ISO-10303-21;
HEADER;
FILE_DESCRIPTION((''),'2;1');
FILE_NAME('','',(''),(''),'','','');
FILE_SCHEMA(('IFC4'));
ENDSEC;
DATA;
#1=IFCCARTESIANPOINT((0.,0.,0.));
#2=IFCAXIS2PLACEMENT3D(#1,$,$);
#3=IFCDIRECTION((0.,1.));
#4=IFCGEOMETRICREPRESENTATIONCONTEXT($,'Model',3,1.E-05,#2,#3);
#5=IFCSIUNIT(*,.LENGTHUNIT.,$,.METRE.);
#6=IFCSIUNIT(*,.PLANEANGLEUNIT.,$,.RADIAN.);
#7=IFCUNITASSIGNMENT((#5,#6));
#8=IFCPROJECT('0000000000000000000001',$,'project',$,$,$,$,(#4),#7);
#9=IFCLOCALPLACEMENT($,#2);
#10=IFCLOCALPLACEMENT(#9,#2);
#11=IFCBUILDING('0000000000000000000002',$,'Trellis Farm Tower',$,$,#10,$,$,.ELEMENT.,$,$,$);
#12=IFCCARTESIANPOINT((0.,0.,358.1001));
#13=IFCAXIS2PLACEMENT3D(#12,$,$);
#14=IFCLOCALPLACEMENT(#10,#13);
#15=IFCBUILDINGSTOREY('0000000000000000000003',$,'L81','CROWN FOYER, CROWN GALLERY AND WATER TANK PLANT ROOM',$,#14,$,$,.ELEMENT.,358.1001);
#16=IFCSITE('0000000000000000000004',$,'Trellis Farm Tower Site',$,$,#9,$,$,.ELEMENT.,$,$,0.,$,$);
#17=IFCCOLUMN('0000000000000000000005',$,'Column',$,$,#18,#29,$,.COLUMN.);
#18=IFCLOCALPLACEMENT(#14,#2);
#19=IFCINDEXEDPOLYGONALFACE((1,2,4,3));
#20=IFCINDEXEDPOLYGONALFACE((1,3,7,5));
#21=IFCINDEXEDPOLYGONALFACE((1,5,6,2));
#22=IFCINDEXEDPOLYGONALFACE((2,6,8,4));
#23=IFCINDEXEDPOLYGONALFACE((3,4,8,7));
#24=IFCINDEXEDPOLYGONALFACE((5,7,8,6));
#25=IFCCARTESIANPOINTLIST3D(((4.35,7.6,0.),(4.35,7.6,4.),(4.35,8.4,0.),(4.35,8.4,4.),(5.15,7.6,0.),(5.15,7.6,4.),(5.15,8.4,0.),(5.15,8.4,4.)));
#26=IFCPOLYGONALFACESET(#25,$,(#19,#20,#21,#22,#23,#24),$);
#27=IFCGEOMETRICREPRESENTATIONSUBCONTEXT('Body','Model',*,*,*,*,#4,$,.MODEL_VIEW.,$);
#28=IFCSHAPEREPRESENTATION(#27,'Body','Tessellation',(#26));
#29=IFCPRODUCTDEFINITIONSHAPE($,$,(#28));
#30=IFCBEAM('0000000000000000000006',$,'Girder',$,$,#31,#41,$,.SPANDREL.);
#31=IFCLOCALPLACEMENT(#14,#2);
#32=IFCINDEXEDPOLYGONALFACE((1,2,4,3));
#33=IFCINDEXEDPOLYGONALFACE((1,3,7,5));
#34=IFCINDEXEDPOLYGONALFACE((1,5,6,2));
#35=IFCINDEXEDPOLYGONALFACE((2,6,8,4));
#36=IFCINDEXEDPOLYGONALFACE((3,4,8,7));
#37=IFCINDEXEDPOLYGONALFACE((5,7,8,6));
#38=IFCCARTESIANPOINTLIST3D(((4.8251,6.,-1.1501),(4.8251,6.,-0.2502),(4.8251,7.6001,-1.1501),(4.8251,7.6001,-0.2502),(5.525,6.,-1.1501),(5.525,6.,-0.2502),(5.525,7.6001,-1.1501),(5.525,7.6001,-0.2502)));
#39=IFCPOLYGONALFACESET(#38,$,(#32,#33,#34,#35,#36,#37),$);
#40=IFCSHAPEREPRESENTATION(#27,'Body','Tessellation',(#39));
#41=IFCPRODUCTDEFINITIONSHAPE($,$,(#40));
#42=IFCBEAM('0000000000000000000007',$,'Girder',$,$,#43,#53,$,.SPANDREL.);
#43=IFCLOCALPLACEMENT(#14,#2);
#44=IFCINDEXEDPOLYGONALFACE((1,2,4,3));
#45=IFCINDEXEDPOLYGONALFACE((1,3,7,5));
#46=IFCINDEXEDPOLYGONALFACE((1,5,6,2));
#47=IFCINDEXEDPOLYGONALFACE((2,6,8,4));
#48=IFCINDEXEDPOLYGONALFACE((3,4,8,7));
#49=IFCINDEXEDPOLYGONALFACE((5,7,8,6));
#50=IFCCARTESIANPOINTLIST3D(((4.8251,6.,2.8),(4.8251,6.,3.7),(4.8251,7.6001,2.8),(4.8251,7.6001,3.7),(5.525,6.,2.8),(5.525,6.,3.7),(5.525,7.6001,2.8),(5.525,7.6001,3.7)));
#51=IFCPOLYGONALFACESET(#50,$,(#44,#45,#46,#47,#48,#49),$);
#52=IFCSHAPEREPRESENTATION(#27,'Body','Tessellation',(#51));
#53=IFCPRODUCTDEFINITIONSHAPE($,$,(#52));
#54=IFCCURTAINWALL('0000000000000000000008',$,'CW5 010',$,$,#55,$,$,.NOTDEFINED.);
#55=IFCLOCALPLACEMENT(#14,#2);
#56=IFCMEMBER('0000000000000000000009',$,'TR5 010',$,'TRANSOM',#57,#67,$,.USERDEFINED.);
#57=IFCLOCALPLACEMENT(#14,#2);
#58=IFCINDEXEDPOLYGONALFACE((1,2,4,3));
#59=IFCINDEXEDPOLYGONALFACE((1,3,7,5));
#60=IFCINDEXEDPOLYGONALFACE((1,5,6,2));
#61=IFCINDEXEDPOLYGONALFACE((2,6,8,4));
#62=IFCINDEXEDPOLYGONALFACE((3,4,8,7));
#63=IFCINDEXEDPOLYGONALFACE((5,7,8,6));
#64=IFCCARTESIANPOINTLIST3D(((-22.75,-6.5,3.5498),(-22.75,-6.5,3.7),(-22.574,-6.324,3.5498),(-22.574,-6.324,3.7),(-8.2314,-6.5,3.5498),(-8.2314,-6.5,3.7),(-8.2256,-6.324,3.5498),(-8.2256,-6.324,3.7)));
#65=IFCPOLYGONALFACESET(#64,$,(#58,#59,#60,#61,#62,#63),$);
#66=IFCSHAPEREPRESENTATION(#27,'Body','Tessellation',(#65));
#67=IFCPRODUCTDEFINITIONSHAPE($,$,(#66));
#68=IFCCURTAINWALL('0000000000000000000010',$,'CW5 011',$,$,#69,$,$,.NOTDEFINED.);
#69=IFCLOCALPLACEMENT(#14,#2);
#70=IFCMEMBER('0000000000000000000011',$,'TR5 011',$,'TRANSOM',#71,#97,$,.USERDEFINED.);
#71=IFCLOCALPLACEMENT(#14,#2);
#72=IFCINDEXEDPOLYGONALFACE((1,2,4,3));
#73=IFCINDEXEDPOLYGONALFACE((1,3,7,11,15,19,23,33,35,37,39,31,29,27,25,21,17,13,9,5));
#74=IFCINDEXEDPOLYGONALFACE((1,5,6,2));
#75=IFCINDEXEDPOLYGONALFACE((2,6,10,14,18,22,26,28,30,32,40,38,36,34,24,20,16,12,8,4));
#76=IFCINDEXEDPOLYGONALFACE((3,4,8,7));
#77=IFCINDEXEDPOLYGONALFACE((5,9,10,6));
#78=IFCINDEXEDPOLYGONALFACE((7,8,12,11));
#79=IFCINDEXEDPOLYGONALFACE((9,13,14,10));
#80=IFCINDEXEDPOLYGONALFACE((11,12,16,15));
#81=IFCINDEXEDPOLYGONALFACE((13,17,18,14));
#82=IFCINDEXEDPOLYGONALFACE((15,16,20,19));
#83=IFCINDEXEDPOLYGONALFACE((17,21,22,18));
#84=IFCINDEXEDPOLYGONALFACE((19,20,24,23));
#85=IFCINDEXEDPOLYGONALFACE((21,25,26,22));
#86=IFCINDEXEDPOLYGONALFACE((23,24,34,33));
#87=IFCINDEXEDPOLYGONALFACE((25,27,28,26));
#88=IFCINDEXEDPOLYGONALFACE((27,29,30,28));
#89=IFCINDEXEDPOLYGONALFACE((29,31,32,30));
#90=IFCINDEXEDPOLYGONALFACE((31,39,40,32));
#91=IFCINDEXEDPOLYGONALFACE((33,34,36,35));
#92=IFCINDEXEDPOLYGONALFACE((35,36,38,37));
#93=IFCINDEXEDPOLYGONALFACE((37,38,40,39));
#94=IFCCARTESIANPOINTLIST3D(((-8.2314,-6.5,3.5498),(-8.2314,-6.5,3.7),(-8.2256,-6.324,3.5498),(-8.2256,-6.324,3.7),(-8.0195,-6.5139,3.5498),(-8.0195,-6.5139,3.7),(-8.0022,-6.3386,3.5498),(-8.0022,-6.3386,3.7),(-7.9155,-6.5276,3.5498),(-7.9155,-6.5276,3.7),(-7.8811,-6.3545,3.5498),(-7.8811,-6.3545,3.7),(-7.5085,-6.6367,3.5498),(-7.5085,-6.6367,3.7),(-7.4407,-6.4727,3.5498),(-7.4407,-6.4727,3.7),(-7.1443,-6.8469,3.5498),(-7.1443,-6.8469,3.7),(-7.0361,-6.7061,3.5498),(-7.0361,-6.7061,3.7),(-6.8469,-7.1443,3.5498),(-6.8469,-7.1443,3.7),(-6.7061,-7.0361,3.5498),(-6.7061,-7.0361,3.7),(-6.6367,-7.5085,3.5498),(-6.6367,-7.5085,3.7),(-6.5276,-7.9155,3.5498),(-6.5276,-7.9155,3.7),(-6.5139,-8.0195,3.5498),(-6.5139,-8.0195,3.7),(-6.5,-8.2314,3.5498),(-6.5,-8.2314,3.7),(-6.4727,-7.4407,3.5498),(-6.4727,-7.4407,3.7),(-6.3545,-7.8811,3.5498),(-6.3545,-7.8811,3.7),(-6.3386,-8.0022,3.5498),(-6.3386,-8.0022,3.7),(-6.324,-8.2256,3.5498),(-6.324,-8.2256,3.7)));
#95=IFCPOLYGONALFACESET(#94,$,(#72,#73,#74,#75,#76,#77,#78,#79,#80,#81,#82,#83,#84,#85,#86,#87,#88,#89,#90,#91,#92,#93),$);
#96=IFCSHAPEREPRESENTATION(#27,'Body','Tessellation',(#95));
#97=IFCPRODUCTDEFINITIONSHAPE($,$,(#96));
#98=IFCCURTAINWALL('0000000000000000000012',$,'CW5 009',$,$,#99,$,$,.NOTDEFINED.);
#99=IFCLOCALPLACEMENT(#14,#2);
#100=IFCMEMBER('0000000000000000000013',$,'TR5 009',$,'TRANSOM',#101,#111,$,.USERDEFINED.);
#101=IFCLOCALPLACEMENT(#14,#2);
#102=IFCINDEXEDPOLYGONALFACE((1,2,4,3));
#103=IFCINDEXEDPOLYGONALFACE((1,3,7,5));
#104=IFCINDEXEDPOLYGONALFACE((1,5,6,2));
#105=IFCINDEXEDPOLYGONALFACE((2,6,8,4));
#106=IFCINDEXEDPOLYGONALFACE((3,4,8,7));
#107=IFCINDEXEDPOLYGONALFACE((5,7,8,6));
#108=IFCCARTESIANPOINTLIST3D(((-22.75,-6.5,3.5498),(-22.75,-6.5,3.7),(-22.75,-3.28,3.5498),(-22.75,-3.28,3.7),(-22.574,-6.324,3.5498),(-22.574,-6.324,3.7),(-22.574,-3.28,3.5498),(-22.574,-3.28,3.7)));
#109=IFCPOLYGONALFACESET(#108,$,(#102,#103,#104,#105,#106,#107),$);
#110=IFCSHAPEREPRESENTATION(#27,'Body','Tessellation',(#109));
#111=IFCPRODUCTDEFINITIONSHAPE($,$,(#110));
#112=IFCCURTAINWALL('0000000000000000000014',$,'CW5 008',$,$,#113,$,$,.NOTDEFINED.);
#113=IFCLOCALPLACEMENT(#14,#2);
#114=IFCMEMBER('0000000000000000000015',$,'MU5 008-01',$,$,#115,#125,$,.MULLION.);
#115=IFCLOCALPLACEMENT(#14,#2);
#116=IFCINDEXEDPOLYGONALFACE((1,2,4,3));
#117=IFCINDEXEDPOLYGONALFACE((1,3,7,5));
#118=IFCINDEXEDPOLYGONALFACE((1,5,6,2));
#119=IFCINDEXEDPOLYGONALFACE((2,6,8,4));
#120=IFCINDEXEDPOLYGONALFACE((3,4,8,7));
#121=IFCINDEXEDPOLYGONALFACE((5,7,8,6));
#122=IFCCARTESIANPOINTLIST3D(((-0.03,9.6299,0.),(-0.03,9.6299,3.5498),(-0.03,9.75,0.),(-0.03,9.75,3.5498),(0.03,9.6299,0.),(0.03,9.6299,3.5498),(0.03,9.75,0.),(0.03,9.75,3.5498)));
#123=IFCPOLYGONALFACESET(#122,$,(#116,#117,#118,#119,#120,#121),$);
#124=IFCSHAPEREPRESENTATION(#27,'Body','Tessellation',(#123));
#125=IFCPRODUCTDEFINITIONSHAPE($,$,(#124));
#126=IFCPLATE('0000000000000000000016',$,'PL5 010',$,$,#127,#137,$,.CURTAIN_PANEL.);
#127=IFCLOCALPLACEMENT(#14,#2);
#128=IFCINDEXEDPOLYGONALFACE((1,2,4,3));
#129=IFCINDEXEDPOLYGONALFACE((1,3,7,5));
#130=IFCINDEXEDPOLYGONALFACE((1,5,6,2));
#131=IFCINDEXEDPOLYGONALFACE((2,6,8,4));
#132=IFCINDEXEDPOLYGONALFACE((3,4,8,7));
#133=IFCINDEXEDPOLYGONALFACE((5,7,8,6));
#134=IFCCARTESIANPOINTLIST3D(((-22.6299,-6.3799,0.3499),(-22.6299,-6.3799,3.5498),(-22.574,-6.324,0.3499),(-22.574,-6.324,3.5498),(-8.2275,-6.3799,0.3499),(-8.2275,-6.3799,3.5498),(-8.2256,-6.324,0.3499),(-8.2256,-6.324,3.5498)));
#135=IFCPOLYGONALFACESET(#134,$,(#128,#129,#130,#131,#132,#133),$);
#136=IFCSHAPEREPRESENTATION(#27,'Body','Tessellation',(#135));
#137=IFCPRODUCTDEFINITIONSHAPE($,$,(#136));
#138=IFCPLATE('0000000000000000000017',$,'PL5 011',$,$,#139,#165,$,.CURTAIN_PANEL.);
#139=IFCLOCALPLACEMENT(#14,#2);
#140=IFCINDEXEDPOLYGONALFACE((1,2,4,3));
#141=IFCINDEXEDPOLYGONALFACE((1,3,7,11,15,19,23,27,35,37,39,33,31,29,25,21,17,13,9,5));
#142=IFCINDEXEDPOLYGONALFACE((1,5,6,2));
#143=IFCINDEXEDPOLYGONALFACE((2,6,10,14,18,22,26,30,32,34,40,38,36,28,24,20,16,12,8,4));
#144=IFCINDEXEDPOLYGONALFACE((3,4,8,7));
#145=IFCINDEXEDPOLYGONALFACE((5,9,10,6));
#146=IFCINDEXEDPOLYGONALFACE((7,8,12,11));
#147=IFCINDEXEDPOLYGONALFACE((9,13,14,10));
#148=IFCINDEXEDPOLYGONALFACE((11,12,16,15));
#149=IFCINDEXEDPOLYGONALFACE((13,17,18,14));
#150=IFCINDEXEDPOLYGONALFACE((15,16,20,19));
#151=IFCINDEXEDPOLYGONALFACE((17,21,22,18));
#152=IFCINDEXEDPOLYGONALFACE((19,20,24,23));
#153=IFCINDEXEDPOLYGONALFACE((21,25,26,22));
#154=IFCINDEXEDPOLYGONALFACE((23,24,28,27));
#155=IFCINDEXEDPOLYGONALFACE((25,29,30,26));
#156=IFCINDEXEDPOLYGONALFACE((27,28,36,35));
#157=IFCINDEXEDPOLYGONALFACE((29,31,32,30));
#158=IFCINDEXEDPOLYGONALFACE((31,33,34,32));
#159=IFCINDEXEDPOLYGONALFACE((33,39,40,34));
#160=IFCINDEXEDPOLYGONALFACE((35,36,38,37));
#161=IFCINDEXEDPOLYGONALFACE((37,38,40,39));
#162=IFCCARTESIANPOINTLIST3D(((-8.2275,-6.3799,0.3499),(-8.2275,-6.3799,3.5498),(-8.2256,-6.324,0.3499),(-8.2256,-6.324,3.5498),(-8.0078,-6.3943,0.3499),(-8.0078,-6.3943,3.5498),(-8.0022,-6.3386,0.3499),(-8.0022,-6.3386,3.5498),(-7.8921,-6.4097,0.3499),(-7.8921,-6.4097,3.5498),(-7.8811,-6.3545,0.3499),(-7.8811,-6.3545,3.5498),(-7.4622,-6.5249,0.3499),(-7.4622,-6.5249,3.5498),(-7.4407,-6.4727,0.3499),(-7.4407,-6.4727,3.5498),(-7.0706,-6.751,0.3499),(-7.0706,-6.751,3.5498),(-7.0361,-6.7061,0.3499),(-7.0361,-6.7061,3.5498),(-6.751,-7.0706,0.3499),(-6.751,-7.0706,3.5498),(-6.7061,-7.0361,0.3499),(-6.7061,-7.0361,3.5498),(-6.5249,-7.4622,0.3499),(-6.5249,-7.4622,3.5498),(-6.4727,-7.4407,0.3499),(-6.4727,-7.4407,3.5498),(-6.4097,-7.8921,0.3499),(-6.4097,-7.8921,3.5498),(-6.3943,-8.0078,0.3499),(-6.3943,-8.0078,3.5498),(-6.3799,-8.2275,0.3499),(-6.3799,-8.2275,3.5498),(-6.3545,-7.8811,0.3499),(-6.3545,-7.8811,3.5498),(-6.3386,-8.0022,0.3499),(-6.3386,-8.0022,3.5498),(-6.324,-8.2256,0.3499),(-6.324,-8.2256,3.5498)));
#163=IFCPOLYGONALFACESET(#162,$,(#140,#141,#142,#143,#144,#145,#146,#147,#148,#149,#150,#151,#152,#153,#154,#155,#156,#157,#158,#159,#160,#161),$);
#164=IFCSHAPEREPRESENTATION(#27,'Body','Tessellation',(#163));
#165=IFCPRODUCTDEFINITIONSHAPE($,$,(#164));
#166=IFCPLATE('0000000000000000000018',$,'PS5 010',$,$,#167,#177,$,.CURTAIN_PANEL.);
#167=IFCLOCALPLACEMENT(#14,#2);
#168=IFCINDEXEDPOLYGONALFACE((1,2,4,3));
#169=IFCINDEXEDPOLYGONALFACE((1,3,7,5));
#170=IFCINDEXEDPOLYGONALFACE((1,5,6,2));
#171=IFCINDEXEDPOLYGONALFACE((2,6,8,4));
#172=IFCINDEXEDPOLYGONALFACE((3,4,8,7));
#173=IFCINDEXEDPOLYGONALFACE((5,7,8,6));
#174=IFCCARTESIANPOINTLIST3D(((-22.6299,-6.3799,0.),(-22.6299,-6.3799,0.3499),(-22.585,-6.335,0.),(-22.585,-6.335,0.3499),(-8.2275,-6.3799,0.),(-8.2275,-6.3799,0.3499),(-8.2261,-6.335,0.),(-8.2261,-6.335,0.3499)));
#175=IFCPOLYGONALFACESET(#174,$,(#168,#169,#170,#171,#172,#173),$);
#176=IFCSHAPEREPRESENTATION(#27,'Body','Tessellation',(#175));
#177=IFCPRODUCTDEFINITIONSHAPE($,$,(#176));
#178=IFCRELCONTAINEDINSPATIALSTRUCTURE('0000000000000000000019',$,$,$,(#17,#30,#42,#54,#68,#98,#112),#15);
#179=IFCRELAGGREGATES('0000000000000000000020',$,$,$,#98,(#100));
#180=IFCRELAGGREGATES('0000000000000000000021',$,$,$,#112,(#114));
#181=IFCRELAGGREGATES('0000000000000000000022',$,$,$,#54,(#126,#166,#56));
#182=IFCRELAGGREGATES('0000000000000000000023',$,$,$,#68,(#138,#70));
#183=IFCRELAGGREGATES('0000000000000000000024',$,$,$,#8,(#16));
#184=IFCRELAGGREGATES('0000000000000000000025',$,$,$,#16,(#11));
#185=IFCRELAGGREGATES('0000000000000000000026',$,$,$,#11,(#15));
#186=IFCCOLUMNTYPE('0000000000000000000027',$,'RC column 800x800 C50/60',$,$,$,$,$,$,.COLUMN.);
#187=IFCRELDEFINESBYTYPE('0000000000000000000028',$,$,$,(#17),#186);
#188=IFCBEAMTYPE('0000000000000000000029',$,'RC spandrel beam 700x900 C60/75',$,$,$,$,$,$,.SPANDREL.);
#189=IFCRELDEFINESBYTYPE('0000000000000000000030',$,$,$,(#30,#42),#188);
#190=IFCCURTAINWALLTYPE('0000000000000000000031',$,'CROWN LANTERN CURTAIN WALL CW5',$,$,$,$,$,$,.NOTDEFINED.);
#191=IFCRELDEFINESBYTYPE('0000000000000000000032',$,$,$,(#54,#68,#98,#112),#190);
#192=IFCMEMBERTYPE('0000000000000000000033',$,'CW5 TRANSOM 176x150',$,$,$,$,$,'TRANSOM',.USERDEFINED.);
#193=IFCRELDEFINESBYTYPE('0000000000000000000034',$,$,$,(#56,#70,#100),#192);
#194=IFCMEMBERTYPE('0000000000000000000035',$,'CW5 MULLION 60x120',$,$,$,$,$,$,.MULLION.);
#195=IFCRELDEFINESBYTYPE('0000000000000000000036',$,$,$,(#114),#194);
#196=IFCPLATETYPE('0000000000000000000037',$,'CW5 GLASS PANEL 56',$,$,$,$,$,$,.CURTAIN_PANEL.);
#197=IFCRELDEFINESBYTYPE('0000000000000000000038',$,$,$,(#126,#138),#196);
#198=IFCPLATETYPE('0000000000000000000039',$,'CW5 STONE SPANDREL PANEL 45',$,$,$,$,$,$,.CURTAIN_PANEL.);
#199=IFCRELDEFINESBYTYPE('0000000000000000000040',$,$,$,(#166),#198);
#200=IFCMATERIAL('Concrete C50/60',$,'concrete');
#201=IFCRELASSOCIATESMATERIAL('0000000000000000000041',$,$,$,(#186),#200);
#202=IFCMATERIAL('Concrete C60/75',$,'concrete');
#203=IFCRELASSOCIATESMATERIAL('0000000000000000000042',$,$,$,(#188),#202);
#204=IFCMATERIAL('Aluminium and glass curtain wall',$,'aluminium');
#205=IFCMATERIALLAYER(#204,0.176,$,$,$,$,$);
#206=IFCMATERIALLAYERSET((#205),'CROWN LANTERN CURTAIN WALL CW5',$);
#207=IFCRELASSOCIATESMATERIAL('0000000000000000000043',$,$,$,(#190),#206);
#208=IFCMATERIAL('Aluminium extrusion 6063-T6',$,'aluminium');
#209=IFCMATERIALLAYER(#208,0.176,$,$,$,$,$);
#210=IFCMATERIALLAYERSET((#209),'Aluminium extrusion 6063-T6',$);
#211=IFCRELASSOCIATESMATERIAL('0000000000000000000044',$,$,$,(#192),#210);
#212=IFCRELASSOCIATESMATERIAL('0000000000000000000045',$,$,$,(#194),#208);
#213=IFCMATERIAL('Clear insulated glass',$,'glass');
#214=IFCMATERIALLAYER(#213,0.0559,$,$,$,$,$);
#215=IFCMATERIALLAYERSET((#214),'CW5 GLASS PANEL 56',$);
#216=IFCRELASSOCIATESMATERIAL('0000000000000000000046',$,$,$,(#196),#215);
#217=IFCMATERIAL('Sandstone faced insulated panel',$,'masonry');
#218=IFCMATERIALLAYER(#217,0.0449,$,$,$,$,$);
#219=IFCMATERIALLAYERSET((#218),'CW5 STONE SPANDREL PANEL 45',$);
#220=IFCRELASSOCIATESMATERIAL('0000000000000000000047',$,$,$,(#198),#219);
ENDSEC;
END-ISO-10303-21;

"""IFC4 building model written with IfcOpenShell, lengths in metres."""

from ifc_helpers import new_model, si_unit, direction, frame, origin, origin_2d, place, context, subcontext, project, spatial, polyline, rectangle, outline, extrude, source, transform, mapped, material, layer, layer_set, material_profile, profile_set, type_object, element, aggregate, save


model = new_model("IFC4")

# Units and contexts
model_context = context("Model", 3, precision=1e-05, world=origin(), true_north=direction((0.0, 1.0)))
body_context = subcontext(model_context, "Body", "Model", "MODEL_VIEW")
ifc_project = project(units=[si_unit("LENGTHUNIT", "METRE"), si_unit("PLANEANGLEUNIT", "RADIAN")], contexts=[model_context])

# Site, building, storey
site_placement = place(None, origin())
site = spatial("IfcSite", under=ifc_project, at=site_placement, Name="Trellis Farm Tower Site", CompositionType="ELEMENT", RefElevation=0.0)
building_placement = place(site_placement, origin())
building = spatial("IfcBuilding", under=site, at=building_placement, Name="Trellis Farm Tower", CompositionType="ELEMENT")
storey_placement = place(building_placement, frame((0.0, 0.0, 358.1001)))
storey = spatial("IfcBuildingStorey", under=building, at=storey_placement, Name="L81", Description="CROWN FOYER, CROWN GALLERY AND WATER TANK PLANT ROOM", CompositionType="ELEMENT", Elevation=358.1001)

# Column
ifc_material_1 = material(Name="Concrete C50/60", Category="concrete")
ifc_material_profile_1 = material_profile(ifc_material_1, rectangle(XDim=0.8, YDim=0.8, at=origin_2d()), Name="RC column 800x800 C50/60")
ifc_profile_set_1 = profile_set([ifc_material_profile_1], Name="Concrete C50/60")
column_type = type_object("IfcColumnType", Name="RC column 800x800 C50/60", PredefinedType="COLUMN", material=ifc_profile_set_1)
shared_shape_1 = source(origin(), body_context, "Body", "SweptSolid", [
    extrude(rectangle(XDim=0.8, YDim=0.8, at=origin_2d()), origin(), (0.0, 0.0, 1.0), 4.0),
])
column_placement = place(storey_placement, frame((4.75, 8.0, 0.0), z_axis=(0.0, 0.0, 1.0), x_axis=(1.0, 0.0, 0.0)))
element("IfcColumn", 1, at=column_placement, inside=storey, type_object=column_type, Name="Column", PredefinedType="COLUMN", context=body_context, shape_type="MappedRepresentation", body=[
    mapped(shared_shape_1, transform((0.0, 0.0, 0.0))),
])

# Beams
ifc_material_2 = material(Name="Concrete C60/75", Category="concrete")
ifc_material_profile_2 = material_profile(ifc_material_2, rectangle(XDim=0.7, YDim=0.8999, at=origin_2d()), Name="RC spandrel beam 700x900 C60/75")
ifc_profile_set_2 = profile_set([ifc_material_profile_2], Name="Concrete C60/75")
beam_type = type_object("IfcBeamType", Name="RC spandrel beam 700x900 C60/75", PredefinedType="SPANDREL", material=ifc_profile_set_2)
shared_shape_2 = source(origin(), body_context, "Body", "SweptSolid", [
    extrude(rectangle(XDim=0.7, YDim=0.8999, at=origin_2d()), origin(), (0.0, 0.0, 1.0), 1.6001),
])
for number, where, z_axis, x_axis, name in (
    (2, (5.175, 6.0, -0.7002), (0.0, 1.0, 0.0), (-1.0, 0.0, 0.0), "Girder"),
    (3, (5.175, 6.0, 3.25), (0.0, 1.0, 0.0), (-1.0, 0.0, 0.0), "Girder"),
):
    element("IfcBeam", number, at=place(storey_placement, frame(where, z_axis=z_axis, x_axis=x_axis)), inside=storey, type_object=beam_type, Name=name, PredefinedType="SPANDREL", context=body_context, shape_type="MappedRepresentation", body=[
        mapped(shared_shape_2, transform((0.0, 0.0, 0.0))),
    ])

# Curtain walls, members
ifc_material_3 = material(Name="Aluminium and glass curtain wall", Category="aluminium")
ifc_layer_1 = layer(ifc_material_3, 0.176)
ifc_layer_set_1 = layer_set([ifc_layer_1], Name="CROWN LANTERN CURTAIN WALL CW5")
curtain_wall_type = type_object("IfcCurtainWallType", Name="CROWN LANTERN CURTAIN WALL CW5", PredefinedType="NOTDEFINED", material=ifc_layer_set_1)
placement_1 = place(storey_placement, origin())
curtain_wall_1 = element("IfcCurtainWall", 4, at=placement_1, inside=storey, type_object=curtain_wall_type, Name="CW5 010", PredefinedType="NOTDEFINED")
ifc_material_4 = material(Name="Aluminium extrusion 6063-T6", Category="aluminium")
ifc_layer_2 = layer(ifc_material_4, 0.176)
ifc_layer_set_2 = layer_set([ifc_layer_2], Name="Aluminium extrusion 6063-T6")
member_type_1 = type_object("IfcMemberType", Name="CW5 TRANSOM 176x150", ElementType="TRANSOM", PredefinedType="USERDEFINED", material=ifc_layer_set_2)
shared_shape_3 = source(origin(), body_context, "Body", "SweptSolid", [
    extrude(outline(polyline([(-22.75, -6.5), (-8.2314, -6.5), (-8.2256, -6.324), (-22.574, -6.324), (-22.75, -6.5)])), origin(), (0.0, 0.0, 1.0), 0.1501),
])
placement_2 = place(storey_placement, frame((0.0, 0.0, 3.5498)))
member_1 = element("IfcMember", 5, at=placement_2, type_object=member_type_1, Name="TR5 010", ObjectType="TRANSOM", PredefinedType="USERDEFINED", context=body_context, shape_type="MappedRepresentation", body=[
    mapped(shared_shape_3, transform((0.0, 0.0, 0.0))),
])
curtain_wall_2 = element("IfcCurtainWall", 6, at=placement_1, inside=storey, type_object=curtain_wall_type, Name="CW5 011", PredefinedType="NOTDEFINED")
shared_shape_4 = source(origin(), body_context, "Body", "SweptSolid", [
    extrude(outline(polyline([(-8.2314, -6.5), (-8.0195, -6.5139), (-7.9155, -6.5276), (-7.5085, -6.6367), (-7.1443, -6.8469), (-6.8469, -7.1443), (-6.6367, -7.5085), (-6.5276, -7.9155), (-6.5139, -8.0195), (-6.5, -8.2314), (-6.324, -8.2256), (-6.3386, -8.0022), (-6.3545, -7.8811), (-6.4727, -7.4407), (-6.7061, -7.0361), (-7.0361, -6.7061), (-7.4407, -6.4727), (-7.8811, -6.3545), (-8.0022, -6.3386), (-8.2256, -6.324), (-8.2314, -6.5)])), origin(), (0.0, 0.0, 1.0), 0.1501),
])
member_2 = element("IfcMember", 7, at=placement_2, type_object=member_type_1, Name="TR5 011", ObjectType="TRANSOM", PredefinedType="USERDEFINED", context=body_context, shape_type="MappedRepresentation", body=[
    mapped(shared_shape_4, transform((0.0, 0.0, 0.0))),
])
curtain_wall_3 = element("IfcCurtainWall", 8, at=placement_1, inside=storey, type_object=curtain_wall_type, Name="CW5 009", PredefinedType="NOTDEFINED")
shared_shape_5 = source(origin(), body_context, "Body", "SweptSolid", [
    extrude(outline(polyline([(-22.75, -3.28), (-22.75, -6.5), (-22.574, -6.324), (-22.574, -3.28), (-22.75, -3.28)])), origin(), (0.0, 0.0, 1.0), 0.1501),
])
member_3 = element("IfcMember", 9, at=placement_2, type_object=member_type_1, Name="TR5 009", ObjectType="TRANSOM", PredefinedType="USERDEFINED", context=body_context, shape_type="MappedRepresentation", body=[
    mapped(shared_shape_5, transform((0.0, 0.0, 0.0))),
])
aggregate(curtain_wall_3, [member_3])
curtain_wall_4 = element("IfcCurtainWall", 10, at=placement_1, inside=storey, type_object=curtain_wall_type, Name="CW5 008", PredefinedType="NOTDEFINED")
ifc_material_profile_3 = material_profile(ifc_material_4, rectangle(XDim=0.0601, YDim=0.1201, at=origin_2d()), Name="MULLION 60x120")
ifc_profile_set_3 = profile_set([ifc_material_profile_3], Name="Aluminium extrusion 6063-T6")
member_type_2 = type_object("IfcMemberType", Name="CW5 MULLION 60x120", PredefinedType="MULLION", material=ifc_profile_set_3)
shared_shape_6 = source(origin(), body_context, "Body", "SweptSolid", [
    extrude(rectangle(XDim=0.0601, YDim=0.1201, at=origin_2d()), origin(), (0.0, 0.0, 1.0), 3.5498),
])
member_4_placement = place(storey_placement, frame((0.0, 9.6899, 0.0), z_axis=(0.0, 0.0, 1.0), x_axis=(-1.0, 0.0, 0.0)))
member_4 = element("IfcMember", 11, at=member_4_placement, type_object=member_type_2, Name="MU5 008-01", PredefinedType="MULLION", context=body_context, shape_type="MappedRepresentation", body=[
    mapped(shared_shape_6, transform((0.0, 0.0, 0.0))),
])
aggregate(curtain_wall_4, [member_4])

# Plates
ifc_material_5 = material(Name="Clear insulated glass", Category="glass")
ifc_layer_3 = layer(ifc_material_5, 0.0559)
ifc_layer_set_3 = layer_set([ifc_layer_3], Name="CW5 GLASS PANEL 56")
plate_type_1 = type_object("IfcPlateType", Name="CW5 GLASS PANEL 56", PredefinedType="CURTAIN_PANEL", material=ifc_layer_set_3)
placement_3 = place(storey_placement, frame((0.0, 0.0, 0.3499)))
plate_1 = element("IfcPlate", 12, at=placement_3, type_object=plate_type_1, Name="PL5 010", PredefinedType="CURTAIN_PANEL", context=body_context, shape_type="SweptSolid", body=[
    extrude(outline(polyline([(-22.6299, -6.3799), (-8.2275, -6.3799), (-8.2256, -6.324), (-22.574, -6.324), (-22.6299, -6.3799)])), origin(), (0.0, 0.0, 1.0), 3.2),
])
plate_2 = element("IfcPlate", 13, at=placement_3, type_object=plate_type_1, Name="PL5 011", PredefinedType="CURTAIN_PANEL", context=body_context, shape_type="SweptSolid", body=[
    extrude(outline(polyline([(-8.2275, -6.3799), (-8.0078, -6.3943), (-7.8921, -6.4097), (-7.4622, -6.5249), (-7.0706, -6.751), (-6.751, -7.0706), (-6.5249, -7.4622), (-6.4097, -7.8921), (-6.3943, -8.0078), (-6.3799, -8.2275), (-6.324, -8.2256), (-6.3386, -8.0022), (-6.3545, -7.8811), (-6.4727, -7.4407), (-6.7061, -7.0361), (-7.0361, -6.7061), (-7.4407, -6.4727), (-7.8811, -6.3545), (-8.0022, -6.3386), (-8.2256, -6.324), (-8.2275, -6.3799)])), origin(), (0.0, 0.0, 1.0), 3.2),
])
ifc_material_6 = material(Name="Sandstone faced insulated panel", Category="masonry")
ifc_layer_4 = layer(ifc_material_6, 0.0449)
ifc_layer_set_4 = layer_set([ifc_layer_4], Name="CW5 STONE SPANDREL PANEL 45")
plate_type_2 = type_object("IfcPlateType", Name="CW5 STONE SPANDREL PANEL 45", PredefinedType="CURTAIN_PANEL", material=ifc_layer_set_4)
shared_shape_7 = source(origin(), body_context, "Body", "SweptSolid", [
    extrude(outline(polyline([(-22.6299, -6.3799), (-8.2275, -6.3799), (-8.2261, -6.335), (-22.585, -6.335), (-22.6299, -6.3799)])), origin(), (0.0, 0.0, 1.0), 0.3499),
])
plate_3 = element("IfcPlate", 14, at=placement_1, type_object=plate_type_2, Name="PS5 010", PredefinedType="CURTAIN_PANEL", context=body_context, shape_type="MappedRepresentation", body=[
    mapped(shared_shape_7, transform((0.0, 0.0, 0.0))),
])
aggregate(curtain_wall_1, [plate_1, plate_3, member_1])
aggregate(curtain_wall_2, [plate_2, member_2])

save(model, "model.ifc")
